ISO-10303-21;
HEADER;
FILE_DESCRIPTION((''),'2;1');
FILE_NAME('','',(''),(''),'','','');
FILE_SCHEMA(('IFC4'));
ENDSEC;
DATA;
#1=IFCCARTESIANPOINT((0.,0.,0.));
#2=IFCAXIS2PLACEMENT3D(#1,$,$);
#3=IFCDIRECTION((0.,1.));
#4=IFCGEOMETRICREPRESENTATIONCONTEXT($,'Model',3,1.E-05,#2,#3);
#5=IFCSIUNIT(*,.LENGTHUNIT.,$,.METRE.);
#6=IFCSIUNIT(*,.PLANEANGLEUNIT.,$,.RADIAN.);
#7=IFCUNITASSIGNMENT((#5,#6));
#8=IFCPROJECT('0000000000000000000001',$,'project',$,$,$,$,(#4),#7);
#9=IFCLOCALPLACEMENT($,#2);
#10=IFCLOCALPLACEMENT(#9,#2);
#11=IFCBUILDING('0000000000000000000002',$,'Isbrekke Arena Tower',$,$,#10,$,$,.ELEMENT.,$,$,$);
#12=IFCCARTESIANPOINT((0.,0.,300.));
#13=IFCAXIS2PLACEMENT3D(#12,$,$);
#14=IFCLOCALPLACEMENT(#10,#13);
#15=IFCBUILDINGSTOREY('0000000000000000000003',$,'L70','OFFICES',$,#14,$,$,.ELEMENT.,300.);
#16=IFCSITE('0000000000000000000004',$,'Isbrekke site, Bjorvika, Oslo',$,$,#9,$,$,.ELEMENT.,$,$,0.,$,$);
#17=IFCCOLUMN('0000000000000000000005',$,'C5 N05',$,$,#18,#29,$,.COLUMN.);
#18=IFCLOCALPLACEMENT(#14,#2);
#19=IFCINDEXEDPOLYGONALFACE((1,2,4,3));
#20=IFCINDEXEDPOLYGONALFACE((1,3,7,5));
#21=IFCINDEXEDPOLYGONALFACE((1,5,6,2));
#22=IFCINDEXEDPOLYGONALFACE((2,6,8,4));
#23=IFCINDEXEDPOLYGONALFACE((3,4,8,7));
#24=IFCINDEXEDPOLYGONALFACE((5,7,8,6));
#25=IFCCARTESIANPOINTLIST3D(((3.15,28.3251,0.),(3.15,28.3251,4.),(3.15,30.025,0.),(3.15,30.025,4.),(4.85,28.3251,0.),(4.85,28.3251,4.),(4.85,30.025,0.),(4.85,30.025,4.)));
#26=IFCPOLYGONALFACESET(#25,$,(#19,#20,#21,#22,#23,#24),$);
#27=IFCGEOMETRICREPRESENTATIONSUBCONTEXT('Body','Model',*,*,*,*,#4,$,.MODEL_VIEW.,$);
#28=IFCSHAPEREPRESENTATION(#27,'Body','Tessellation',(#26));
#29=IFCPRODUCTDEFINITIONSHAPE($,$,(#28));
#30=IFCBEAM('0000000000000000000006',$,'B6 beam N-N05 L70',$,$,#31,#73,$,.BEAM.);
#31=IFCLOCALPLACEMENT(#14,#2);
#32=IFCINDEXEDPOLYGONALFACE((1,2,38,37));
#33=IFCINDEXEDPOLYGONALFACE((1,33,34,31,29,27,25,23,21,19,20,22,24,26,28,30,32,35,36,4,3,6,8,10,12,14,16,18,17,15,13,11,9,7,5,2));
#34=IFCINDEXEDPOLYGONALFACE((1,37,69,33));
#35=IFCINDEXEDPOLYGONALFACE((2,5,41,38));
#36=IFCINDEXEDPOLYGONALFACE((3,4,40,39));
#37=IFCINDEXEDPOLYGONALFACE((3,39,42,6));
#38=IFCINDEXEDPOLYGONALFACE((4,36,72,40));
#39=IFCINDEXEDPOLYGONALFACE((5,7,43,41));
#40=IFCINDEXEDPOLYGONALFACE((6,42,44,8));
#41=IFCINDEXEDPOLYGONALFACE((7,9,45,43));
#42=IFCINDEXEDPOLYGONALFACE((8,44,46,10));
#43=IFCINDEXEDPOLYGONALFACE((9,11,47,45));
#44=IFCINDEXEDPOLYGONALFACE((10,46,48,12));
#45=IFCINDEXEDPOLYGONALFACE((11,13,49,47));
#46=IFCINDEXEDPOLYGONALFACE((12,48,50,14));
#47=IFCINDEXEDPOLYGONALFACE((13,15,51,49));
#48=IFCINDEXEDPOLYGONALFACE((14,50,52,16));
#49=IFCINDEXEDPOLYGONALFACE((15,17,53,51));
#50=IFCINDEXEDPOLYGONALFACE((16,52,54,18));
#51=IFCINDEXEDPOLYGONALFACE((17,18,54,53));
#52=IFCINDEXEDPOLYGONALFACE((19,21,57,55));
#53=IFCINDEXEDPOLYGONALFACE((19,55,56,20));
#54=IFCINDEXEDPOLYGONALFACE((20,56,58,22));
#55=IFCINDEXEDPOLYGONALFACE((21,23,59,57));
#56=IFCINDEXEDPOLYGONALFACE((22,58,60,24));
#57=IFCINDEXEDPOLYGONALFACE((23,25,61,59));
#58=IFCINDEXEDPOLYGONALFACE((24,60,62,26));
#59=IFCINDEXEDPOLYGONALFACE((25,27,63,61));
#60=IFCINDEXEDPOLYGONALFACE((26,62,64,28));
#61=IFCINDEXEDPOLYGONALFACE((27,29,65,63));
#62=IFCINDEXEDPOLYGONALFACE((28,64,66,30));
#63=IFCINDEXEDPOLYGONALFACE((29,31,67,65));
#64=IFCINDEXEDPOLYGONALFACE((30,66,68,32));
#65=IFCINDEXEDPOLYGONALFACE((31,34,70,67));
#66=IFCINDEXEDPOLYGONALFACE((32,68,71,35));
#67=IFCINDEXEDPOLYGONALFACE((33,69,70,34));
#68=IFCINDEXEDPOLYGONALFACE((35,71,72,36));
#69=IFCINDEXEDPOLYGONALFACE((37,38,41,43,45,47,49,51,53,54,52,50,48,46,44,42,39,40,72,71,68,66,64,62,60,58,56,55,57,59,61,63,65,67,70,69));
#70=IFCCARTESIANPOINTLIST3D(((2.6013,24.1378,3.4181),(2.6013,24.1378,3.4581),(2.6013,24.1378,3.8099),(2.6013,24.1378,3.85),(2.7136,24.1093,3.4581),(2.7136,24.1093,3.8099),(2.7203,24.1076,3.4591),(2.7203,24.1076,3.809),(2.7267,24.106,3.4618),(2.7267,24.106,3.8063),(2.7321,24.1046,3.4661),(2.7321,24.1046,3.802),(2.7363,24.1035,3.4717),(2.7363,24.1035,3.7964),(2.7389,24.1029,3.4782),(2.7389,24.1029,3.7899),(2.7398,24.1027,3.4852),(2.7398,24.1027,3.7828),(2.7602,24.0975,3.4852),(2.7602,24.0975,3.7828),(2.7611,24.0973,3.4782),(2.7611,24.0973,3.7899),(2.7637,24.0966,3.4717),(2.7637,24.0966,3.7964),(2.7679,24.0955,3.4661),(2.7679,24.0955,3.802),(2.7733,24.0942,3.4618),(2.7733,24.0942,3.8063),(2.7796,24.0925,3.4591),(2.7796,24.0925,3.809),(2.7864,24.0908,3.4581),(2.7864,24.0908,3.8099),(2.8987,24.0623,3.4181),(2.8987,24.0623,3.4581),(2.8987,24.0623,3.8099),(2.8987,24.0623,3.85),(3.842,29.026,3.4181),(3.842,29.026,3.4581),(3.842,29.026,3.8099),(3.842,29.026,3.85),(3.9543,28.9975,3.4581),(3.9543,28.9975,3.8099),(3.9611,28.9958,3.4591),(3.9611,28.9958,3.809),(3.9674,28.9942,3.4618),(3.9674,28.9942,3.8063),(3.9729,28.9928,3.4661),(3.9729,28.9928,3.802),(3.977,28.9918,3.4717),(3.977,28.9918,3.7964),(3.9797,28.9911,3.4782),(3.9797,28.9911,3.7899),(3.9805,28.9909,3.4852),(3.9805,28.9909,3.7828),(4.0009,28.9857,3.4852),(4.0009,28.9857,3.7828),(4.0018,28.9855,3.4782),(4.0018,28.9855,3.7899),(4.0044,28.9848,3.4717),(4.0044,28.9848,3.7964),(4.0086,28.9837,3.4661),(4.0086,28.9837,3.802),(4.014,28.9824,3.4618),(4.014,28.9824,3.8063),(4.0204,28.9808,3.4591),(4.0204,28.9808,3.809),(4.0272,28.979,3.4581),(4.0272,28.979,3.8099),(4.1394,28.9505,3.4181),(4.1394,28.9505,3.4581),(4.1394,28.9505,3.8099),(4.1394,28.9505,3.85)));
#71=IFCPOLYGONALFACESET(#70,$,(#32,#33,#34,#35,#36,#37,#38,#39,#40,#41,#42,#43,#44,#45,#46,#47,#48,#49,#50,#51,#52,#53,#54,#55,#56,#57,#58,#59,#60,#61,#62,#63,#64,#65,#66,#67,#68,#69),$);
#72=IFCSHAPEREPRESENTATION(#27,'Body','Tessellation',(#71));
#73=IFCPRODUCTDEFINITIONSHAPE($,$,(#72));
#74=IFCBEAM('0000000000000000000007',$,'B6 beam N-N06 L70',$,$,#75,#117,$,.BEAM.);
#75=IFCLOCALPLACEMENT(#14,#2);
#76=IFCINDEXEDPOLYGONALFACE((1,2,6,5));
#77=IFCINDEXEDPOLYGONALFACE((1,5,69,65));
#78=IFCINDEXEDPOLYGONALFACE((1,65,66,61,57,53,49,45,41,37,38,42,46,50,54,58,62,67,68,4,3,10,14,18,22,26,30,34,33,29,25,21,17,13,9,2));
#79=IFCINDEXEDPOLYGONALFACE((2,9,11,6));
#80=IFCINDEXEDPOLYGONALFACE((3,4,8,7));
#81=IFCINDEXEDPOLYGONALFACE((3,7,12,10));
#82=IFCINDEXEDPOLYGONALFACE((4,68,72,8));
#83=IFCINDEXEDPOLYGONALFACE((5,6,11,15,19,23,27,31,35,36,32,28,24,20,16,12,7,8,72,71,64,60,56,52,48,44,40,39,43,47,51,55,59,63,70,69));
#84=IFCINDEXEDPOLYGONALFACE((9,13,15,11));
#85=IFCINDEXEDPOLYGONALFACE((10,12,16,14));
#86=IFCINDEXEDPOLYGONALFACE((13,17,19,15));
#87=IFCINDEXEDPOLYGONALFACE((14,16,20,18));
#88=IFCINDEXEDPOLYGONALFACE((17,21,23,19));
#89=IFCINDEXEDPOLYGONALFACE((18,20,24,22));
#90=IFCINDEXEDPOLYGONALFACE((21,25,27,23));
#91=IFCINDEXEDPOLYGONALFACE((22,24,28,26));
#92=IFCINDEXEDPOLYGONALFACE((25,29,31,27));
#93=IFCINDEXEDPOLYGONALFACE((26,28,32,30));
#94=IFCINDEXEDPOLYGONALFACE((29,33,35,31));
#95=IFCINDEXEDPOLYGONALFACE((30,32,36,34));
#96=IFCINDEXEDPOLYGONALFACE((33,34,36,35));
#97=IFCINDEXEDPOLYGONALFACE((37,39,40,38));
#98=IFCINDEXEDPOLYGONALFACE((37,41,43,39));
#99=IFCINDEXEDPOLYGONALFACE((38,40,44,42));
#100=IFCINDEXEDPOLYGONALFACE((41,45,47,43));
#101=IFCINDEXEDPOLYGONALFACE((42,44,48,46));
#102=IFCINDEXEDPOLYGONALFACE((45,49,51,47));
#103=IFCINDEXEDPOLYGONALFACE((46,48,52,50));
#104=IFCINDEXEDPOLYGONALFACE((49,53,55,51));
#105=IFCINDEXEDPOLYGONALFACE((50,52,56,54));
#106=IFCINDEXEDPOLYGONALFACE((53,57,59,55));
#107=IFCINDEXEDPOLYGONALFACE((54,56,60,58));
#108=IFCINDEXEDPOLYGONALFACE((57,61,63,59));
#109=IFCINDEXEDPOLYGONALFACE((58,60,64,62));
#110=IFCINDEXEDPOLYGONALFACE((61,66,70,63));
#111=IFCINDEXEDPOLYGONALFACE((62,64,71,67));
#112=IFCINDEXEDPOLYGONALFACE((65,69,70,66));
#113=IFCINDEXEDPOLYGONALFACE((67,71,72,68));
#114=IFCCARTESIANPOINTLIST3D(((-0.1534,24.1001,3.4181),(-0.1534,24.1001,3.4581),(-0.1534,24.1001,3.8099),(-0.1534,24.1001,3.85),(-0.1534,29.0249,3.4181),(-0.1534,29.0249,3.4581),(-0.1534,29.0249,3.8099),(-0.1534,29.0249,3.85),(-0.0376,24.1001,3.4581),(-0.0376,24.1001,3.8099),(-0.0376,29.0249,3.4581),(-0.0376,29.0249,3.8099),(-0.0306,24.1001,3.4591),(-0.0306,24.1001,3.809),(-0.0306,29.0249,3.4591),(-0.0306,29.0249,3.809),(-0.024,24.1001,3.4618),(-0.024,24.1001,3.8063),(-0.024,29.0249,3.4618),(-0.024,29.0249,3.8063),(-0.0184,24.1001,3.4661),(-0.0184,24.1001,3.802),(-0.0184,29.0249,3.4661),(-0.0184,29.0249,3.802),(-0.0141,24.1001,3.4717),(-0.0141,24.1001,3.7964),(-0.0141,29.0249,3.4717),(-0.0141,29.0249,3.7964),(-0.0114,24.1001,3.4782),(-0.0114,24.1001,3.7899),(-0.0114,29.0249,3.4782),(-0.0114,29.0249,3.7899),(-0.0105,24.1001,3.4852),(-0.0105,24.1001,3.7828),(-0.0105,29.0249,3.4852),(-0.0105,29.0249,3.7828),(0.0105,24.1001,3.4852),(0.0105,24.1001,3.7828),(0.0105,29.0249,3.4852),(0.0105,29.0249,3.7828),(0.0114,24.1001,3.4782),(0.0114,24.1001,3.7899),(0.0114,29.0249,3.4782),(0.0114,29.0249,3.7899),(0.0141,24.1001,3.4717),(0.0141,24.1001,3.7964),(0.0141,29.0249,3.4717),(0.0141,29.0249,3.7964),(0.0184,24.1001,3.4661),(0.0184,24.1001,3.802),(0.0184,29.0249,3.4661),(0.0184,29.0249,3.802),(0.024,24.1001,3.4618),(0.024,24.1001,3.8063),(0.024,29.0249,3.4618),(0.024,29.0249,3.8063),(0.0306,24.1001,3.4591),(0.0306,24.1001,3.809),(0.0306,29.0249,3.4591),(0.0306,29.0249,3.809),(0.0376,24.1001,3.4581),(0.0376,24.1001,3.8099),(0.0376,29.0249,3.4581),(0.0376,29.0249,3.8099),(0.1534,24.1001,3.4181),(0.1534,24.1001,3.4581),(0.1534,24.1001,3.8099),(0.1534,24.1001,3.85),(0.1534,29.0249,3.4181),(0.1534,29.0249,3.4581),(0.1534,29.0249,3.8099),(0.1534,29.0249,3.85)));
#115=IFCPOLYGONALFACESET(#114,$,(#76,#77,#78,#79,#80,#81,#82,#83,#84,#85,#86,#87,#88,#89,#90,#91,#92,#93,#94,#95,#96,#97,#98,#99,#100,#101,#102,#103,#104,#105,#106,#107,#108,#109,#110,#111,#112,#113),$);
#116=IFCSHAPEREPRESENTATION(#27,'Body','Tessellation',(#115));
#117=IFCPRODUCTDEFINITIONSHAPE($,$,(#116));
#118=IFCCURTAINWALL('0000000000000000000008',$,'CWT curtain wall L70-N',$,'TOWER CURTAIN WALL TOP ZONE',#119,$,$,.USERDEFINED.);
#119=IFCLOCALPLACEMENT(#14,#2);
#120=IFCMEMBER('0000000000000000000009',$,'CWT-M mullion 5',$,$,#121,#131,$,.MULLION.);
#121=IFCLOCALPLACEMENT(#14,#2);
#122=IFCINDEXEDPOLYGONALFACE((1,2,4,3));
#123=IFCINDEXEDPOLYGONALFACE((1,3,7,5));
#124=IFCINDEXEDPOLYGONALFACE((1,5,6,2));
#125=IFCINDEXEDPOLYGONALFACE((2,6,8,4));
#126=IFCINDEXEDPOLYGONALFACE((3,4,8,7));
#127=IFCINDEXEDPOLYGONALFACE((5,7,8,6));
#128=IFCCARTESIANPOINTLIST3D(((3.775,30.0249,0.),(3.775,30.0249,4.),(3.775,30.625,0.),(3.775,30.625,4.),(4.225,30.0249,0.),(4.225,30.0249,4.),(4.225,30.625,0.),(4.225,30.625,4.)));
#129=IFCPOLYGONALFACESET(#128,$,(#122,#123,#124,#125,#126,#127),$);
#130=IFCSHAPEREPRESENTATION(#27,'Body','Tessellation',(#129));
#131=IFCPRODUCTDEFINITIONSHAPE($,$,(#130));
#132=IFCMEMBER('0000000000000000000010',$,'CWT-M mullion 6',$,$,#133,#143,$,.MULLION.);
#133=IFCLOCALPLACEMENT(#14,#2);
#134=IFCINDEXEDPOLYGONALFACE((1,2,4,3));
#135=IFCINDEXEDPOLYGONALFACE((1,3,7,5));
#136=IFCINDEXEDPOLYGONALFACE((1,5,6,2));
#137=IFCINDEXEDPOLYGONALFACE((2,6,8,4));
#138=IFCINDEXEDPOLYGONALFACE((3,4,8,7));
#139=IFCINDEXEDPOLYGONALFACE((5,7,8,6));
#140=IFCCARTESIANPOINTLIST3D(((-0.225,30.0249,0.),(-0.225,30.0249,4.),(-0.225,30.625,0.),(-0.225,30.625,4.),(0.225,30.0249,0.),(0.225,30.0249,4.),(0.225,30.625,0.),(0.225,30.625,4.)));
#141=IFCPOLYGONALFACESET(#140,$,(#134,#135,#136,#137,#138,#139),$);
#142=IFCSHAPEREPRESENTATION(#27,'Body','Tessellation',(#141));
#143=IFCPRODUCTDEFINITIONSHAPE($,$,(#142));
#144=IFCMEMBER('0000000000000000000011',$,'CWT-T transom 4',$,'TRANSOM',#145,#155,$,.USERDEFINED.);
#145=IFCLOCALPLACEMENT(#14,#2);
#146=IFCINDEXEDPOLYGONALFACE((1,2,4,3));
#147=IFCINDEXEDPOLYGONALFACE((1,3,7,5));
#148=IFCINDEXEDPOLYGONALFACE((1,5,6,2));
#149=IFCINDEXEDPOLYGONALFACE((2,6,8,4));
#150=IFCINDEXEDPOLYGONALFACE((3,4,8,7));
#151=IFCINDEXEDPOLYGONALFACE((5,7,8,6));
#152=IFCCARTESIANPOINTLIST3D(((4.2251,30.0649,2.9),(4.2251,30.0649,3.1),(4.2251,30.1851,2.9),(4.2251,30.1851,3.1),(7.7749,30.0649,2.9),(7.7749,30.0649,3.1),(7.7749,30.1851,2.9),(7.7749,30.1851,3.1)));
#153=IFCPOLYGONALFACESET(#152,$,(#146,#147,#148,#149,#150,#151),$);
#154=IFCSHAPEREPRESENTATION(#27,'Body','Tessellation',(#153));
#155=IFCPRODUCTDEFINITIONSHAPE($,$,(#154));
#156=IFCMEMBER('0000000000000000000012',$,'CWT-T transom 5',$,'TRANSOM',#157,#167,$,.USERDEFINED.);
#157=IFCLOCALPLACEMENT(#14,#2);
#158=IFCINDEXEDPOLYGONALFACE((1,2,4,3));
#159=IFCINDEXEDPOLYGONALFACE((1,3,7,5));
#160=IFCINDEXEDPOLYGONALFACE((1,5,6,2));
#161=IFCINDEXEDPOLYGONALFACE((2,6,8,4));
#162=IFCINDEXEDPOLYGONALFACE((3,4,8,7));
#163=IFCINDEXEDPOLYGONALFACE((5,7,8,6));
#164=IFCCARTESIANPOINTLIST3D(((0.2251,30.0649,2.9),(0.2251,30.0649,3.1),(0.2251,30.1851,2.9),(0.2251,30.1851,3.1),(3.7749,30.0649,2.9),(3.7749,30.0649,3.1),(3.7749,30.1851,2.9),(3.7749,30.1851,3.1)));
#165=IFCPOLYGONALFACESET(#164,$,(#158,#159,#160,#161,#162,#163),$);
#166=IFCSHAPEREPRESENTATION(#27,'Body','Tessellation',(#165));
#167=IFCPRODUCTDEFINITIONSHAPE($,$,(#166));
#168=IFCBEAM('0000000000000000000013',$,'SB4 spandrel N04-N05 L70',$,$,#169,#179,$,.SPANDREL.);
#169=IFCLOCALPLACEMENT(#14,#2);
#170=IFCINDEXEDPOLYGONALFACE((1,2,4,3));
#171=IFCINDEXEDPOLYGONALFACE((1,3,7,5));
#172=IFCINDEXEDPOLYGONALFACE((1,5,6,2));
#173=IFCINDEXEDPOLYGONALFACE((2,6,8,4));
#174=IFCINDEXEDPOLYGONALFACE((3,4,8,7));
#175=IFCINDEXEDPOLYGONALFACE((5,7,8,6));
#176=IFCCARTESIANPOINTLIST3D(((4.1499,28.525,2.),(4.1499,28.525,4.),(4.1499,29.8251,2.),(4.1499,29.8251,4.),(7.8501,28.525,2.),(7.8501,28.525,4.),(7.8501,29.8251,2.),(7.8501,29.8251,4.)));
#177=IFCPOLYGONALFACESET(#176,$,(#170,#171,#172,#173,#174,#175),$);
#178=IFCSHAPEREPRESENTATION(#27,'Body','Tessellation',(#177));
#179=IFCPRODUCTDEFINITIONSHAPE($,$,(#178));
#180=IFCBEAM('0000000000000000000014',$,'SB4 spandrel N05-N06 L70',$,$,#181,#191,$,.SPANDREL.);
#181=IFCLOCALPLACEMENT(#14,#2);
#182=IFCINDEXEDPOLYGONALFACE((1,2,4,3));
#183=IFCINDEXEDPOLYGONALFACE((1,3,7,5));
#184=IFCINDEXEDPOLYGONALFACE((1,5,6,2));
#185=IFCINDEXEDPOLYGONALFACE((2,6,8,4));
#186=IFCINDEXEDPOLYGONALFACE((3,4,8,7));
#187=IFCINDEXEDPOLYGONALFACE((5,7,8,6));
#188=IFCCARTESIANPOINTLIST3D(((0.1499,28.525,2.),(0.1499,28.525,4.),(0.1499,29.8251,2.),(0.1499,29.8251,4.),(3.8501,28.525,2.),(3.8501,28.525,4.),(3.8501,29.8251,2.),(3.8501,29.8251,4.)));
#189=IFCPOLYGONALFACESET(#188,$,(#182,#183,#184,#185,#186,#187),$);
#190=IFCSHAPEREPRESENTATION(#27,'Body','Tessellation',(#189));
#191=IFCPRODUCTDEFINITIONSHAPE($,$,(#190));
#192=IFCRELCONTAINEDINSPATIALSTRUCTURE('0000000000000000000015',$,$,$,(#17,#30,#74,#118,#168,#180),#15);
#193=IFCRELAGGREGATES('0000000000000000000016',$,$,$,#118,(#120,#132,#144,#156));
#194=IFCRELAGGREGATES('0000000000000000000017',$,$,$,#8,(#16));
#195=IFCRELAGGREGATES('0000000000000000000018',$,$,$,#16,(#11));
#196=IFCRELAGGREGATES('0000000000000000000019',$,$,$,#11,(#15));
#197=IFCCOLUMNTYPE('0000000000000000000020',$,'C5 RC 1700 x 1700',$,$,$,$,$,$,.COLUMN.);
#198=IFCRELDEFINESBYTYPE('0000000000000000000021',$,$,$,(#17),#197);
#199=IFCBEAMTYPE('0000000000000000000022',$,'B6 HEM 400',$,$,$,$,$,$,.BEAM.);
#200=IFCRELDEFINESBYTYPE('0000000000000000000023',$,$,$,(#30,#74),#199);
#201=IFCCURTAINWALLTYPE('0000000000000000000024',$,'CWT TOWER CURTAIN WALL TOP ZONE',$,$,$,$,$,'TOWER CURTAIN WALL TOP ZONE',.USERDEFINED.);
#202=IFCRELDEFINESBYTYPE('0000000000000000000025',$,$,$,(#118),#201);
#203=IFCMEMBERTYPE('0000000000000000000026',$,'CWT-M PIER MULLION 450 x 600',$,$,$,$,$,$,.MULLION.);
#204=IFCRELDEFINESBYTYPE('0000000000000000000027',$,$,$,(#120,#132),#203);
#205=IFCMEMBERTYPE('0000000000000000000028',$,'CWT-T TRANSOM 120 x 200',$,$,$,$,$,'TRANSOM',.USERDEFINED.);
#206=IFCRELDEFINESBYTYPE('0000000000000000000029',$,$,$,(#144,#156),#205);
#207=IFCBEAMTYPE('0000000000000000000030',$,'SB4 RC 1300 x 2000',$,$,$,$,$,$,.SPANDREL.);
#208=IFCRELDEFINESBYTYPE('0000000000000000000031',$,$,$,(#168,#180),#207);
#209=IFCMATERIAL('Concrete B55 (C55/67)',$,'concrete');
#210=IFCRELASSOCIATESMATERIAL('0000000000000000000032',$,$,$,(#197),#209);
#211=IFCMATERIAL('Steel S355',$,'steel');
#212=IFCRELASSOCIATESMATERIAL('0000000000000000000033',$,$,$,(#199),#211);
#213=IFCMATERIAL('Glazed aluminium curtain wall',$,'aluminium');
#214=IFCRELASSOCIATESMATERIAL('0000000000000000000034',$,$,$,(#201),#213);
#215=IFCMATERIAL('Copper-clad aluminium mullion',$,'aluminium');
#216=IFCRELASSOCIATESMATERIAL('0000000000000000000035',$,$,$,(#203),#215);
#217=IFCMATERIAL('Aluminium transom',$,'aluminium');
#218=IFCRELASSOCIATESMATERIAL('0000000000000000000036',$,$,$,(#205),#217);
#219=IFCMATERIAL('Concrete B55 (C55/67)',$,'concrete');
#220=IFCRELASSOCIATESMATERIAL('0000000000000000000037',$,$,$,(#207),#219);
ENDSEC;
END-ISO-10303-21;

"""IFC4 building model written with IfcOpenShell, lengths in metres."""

from ifc_helpers import new_model, si_unit, direction, frame, origin, origin_2d, place, context, subcontext, project, spatial, rectangle, i_section, extrude, material, material_profile, profile_set, type_object, element, aggregate, save


model = new_model("IFC4")

# Units and contexts
model_context = context("Model", 3, precision=1e-05, world=origin(), true_north=direction((0.0, 1.0)))
body_context = subcontext(model_context, "Body", "Model", "MODEL_VIEW")
ifc_project = project(units=[si_unit("LENGTHUNIT", "METRE"), si_unit("PLANEANGLEUNIT", "RADIAN")], contexts=[model_context])

# Site, building, storey
site_placement = place(None, origin())
site = spatial("IfcSite", under=ifc_project, at=site_placement, Name="Isbrekke site, Bjorvika, Oslo", CompositionType="ELEMENT", RefElevation=0.0)
building_placement = place(site_placement, origin())
building = spatial("IfcBuilding", under=site, at=building_placement, Name="Isbrekke Arena Tower", CompositionType="ELEMENT")
storey_placement = place(building_placement, frame((0.0, 0.0, 300.0)))
storey = spatial("IfcBuildingStorey", under=building, at=storey_placement, Name="L70", Description="OFFICES", CompositionType="ELEMENT", Elevation=300.0)

# Column
ifc_material_1 = material(Name="Concrete B55 (C55/67)", Category="concrete")
ifc_material_profile_1 = material_profile(ifc_material_1, rectangle(XDim=1.7, YDim=1.7, at=origin_2d()), Name="RC 1700x1700")
ifc_profile_set_1 = profile_set([ifc_material_profile_1], Name="Concrete B55 (C55/67)")
column_type = type_object("IfcColumnType", Name="C5 RC 1700 x 1700", PredefinedType="COLUMN", material=ifc_profile_set_1)
column_placement = place(storey_placement, frame((4.0, 29.175, 0.0), z_axis=(0.0, 0.0, 1.0), x_axis=(-1.0, 0.0, 0.0)))
element("IfcColumn", 1, at=column_placement, inside=storey, type_object=column_type, Name="C5 N05", PredefinedType="COLUMN", context=body_context, shape_type="SweptSolid", body=[
    extrude(rectangle(XDim=1.7, YDim=1.7, at=origin_2d()), origin(), (0.0, 0.0, 1.0), 4.0),
])

# Beams
ifc_material_2 = material(Name="Steel S355", Category="steel")
ifc_material_profile_2 = material_profile(ifc_material_2, i_section(OverallWidth=0.3069, OverallDepth=0.4319, WebThickness=0.021, FlangeThickness=0.04, FilletRadius=0.0271, at=origin_2d()), Name="HEM 400")
ifc_profile_set_2 = profile_set([ifc_material_profile_2], Name="Steel S355")
beam_type_1 = type_object("IfcBeamType", Name="B6 HEM 400", PredefinedType="BEAM", material=ifc_profile_set_2)
beam_1_placement = place(storey_placement, frame((3.9907, 28.9883, 3.634), z_axis=(-0.24602, -0.969265, 0.0), x_axis=(0.969265, -0.24602, 0.0)))
element("IfcBeam", 2, at=beam_1_placement, inside=storey, type_object=beam_type_1, Name="B6 beam N-N05 L70", PredefinedType="BEAM", context=body_context, shape_type="SweptSolid", body=[
    extrude(i_section(OverallWidth=0.3069, OverallDepth=0.4319, WebThickness=0.021, FlangeThickness=0.04, FilletRadius=0.0271, at=origin_2d()), origin(), (0.0, 0.0, 1.0), 5.0432),
])
beam_2_placement = place(storey_placement, frame((0.0, 29.0249, 3.634), z_axis=(0.0, -1.0, 0.0), x_axis=(1.0, 0.0, 0.0)))
element("IfcBeam", 3, at=beam_2_placement, inside=storey, type_object=beam_type_1, Name="B6 beam N-N06 L70", PredefinedType="BEAM", context=body_context, shape_type="SweptSolid", body=[
    extrude(i_section(OverallWidth=0.3069, OverallDepth=0.4319, WebThickness=0.021, FlangeThickness=0.04, FilletRadius=0.0271, at=origin_2d()), origin(), (0.0, 0.0, 1.0), 4.9248),
])

# Curtain wall, members
ifc_material_3 = material(Name="Glazed aluminium curtain wall", Category="aluminium")
curtain_wall_type = type_object("IfcCurtainWallType", Name="CWT TOWER CURTAIN WALL TOP ZONE", ElementType="TOWER CURTAIN WALL TOP ZONE", PredefinedType="USERDEFINED", material=ifc_material_3)
curtain_wall_placement = place(storey_placement, origin())
curtain_wall = element("IfcCurtainWall", 4, at=curtain_wall_placement, inside=storey, type_object=curtain_wall_type, Name="CWT curtain wall L70-N", ObjectType="TOWER CURTAIN WALL TOP ZONE", PredefinedType="USERDEFINED")
ifc_material_4 = material(Name="Copper-clad aluminium mullion", Category="aluminium")
ifc_material_profile_3 = material_profile(ifc_material_4, rectangle(XDim=0.45, YDim=0.6001, at=origin_2d()), Name="PIER 450X600")
ifc_profile_set_3 = profile_set([ifc_material_profile_3], Name="Copper-clad aluminium mullion")
member_type_1 = type_object("IfcMemberType", Name="CWT-M PIER MULLION 450 x 600", PredefinedType="MULLION", material=ifc_profile_set_3)
member_1_placement = place(storey_placement, frame((4.0, 30.325, 0.0), z_axis=(0.0, 0.0, 1.0), x_axis=(-1.0, 0.0, 0.0)))
member_1 = element("IfcMember", 5, at=member_1_placement, type_object=member_type_1, Name="CWT-M mullion 5", PredefinedType="MULLION", context=body_context, shape_type="SweptSolid", body=[
    extrude(rectangle(XDim=0.45, YDim=0.6001, at=origin_2d()), origin(), (0.0, 0.0, 1.0), 4.0),
])
member_2_placement = place(storey_placement, frame((0.0, 30.325, 0.0), z_axis=(0.0, 0.0, 1.0), x_axis=(-1.0, 0.0, 0.0)))
member_2 = element("IfcMember", 6, at=member_2_placement, type_object=member_type_1, Name="CWT-M mullion 6", PredefinedType="MULLION", context=body_context, shape_type="SweptSolid", body=[
    extrude(rectangle(XDim=0.45, YDim=0.6001, at=origin_2d()), origin(), (0.0, 0.0, 1.0), 4.0),
])
ifc_material_5 = material(Name="Aluminium transom", Category="aluminium")
ifc_material_profile_4 = material_profile(ifc_material_5, rectangle(XDim=0.1201, YDim=0.2, at=origin_2d()), Name="TRANSOM 120X200")
ifc_profile_set_4 = profile_set([ifc_material_profile_4], Name="Aluminium transom")
member_type_2 = type_object("IfcMemberType", Name="CWT-T TRANSOM 120 x 200", ElementType="TRANSOM", PredefinedType="USERDEFINED", material=ifc_profile_set_4)
member_3_placement = place(storey_placement, frame((7.7749, 30.125, 3.0), z_axis=(-1.0, 0.0, 0.0), x_axis=(0.0, -1.0, 0.0)))
member_3 = element("IfcMember", 7, at=member_3_placement, type_object=member_type_2, Name="CWT-T transom 4", ObjectType="TRANSOM", PredefinedType="USERDEFINED", context=body_context, shape_type="SweptSolid", body=[
    extrude(rectangle(XDim=0.1201, YDim=0.2, at=origin_2d()), origin(), (0.0, 0.0, 1.0), 3.5498),
])
member_4_placement = place(storey_placement, frame((3.7749, 30.125, 3.0), z_axis=(-1.0, 0.0, 0.0), x_axis=(0.0, -1.0, 0.0)))
member_4 = element("IfcMember", 8, at=member_4_placement, type_object=member_type_2, Name="CWT-T transom 5", ObjectType="TRANSOM", PredefinedType="USERDEFINED", context=body_context, shape_type="SweptSolid", body=[
    extrude(rectangle(XDim=0.1201, YDim=0.2, at=origin_2d()), origin(), (0.0, 0.0, 1.0), 3.5498),
])

# Beams
ifc_material_6 = material(Name="Concrete B55 (C55/67)", Category="concrete")
ifc_material_profile_5 = material_profile(ifc_material_6, rectangle(XDim=1.3, YDim=2.0, at=origin_2d()), Name="RC 1300x2000")
ifc_profile_set_5 = profile_set([ifc_material_profile_5], Name="Concrete B55 (C55/67)")
beam_type_2 = type_object("IfcBeamType", Name="SB4 RC 1300 x 2000", PredefinedType="SPANDREL", material=ifc_profile_set_5)
for number, where, z_axis, x_axis, name in (
    (9, (7.8501, 29.175, 3.0), (-1.0, 0.0, 0.0), (0.0, -1.0, 0.0), "SB4 spandrel N04-N05 L70"),
    (10, (3.8501, 29.175, 3.0), (-1.0, 0.0, 0.0), (0.0, -1.0, 0.0), "SB4 spandrel N05-N06 L70"),
):
    element("IfcBeam", number, at=place(storey_placement, frame(where, z_axis=z_axis, x_axis=x_axis)), inside=storey, type_object=beam_type_2, Name=name, PredefinedType="SPANDREL", context=body_context, shape_type="SweptSolid", body=[
        extrude(rectangle(XDim=1.3, YDim=2.0, at=origin_2d()), origin(), (0.0, 0.0, 1.0), 3.7002),
    ])

aggregate(curtain_wall, [member_1, member_2, member_3, member_4])

save(model, "model.ifc")
